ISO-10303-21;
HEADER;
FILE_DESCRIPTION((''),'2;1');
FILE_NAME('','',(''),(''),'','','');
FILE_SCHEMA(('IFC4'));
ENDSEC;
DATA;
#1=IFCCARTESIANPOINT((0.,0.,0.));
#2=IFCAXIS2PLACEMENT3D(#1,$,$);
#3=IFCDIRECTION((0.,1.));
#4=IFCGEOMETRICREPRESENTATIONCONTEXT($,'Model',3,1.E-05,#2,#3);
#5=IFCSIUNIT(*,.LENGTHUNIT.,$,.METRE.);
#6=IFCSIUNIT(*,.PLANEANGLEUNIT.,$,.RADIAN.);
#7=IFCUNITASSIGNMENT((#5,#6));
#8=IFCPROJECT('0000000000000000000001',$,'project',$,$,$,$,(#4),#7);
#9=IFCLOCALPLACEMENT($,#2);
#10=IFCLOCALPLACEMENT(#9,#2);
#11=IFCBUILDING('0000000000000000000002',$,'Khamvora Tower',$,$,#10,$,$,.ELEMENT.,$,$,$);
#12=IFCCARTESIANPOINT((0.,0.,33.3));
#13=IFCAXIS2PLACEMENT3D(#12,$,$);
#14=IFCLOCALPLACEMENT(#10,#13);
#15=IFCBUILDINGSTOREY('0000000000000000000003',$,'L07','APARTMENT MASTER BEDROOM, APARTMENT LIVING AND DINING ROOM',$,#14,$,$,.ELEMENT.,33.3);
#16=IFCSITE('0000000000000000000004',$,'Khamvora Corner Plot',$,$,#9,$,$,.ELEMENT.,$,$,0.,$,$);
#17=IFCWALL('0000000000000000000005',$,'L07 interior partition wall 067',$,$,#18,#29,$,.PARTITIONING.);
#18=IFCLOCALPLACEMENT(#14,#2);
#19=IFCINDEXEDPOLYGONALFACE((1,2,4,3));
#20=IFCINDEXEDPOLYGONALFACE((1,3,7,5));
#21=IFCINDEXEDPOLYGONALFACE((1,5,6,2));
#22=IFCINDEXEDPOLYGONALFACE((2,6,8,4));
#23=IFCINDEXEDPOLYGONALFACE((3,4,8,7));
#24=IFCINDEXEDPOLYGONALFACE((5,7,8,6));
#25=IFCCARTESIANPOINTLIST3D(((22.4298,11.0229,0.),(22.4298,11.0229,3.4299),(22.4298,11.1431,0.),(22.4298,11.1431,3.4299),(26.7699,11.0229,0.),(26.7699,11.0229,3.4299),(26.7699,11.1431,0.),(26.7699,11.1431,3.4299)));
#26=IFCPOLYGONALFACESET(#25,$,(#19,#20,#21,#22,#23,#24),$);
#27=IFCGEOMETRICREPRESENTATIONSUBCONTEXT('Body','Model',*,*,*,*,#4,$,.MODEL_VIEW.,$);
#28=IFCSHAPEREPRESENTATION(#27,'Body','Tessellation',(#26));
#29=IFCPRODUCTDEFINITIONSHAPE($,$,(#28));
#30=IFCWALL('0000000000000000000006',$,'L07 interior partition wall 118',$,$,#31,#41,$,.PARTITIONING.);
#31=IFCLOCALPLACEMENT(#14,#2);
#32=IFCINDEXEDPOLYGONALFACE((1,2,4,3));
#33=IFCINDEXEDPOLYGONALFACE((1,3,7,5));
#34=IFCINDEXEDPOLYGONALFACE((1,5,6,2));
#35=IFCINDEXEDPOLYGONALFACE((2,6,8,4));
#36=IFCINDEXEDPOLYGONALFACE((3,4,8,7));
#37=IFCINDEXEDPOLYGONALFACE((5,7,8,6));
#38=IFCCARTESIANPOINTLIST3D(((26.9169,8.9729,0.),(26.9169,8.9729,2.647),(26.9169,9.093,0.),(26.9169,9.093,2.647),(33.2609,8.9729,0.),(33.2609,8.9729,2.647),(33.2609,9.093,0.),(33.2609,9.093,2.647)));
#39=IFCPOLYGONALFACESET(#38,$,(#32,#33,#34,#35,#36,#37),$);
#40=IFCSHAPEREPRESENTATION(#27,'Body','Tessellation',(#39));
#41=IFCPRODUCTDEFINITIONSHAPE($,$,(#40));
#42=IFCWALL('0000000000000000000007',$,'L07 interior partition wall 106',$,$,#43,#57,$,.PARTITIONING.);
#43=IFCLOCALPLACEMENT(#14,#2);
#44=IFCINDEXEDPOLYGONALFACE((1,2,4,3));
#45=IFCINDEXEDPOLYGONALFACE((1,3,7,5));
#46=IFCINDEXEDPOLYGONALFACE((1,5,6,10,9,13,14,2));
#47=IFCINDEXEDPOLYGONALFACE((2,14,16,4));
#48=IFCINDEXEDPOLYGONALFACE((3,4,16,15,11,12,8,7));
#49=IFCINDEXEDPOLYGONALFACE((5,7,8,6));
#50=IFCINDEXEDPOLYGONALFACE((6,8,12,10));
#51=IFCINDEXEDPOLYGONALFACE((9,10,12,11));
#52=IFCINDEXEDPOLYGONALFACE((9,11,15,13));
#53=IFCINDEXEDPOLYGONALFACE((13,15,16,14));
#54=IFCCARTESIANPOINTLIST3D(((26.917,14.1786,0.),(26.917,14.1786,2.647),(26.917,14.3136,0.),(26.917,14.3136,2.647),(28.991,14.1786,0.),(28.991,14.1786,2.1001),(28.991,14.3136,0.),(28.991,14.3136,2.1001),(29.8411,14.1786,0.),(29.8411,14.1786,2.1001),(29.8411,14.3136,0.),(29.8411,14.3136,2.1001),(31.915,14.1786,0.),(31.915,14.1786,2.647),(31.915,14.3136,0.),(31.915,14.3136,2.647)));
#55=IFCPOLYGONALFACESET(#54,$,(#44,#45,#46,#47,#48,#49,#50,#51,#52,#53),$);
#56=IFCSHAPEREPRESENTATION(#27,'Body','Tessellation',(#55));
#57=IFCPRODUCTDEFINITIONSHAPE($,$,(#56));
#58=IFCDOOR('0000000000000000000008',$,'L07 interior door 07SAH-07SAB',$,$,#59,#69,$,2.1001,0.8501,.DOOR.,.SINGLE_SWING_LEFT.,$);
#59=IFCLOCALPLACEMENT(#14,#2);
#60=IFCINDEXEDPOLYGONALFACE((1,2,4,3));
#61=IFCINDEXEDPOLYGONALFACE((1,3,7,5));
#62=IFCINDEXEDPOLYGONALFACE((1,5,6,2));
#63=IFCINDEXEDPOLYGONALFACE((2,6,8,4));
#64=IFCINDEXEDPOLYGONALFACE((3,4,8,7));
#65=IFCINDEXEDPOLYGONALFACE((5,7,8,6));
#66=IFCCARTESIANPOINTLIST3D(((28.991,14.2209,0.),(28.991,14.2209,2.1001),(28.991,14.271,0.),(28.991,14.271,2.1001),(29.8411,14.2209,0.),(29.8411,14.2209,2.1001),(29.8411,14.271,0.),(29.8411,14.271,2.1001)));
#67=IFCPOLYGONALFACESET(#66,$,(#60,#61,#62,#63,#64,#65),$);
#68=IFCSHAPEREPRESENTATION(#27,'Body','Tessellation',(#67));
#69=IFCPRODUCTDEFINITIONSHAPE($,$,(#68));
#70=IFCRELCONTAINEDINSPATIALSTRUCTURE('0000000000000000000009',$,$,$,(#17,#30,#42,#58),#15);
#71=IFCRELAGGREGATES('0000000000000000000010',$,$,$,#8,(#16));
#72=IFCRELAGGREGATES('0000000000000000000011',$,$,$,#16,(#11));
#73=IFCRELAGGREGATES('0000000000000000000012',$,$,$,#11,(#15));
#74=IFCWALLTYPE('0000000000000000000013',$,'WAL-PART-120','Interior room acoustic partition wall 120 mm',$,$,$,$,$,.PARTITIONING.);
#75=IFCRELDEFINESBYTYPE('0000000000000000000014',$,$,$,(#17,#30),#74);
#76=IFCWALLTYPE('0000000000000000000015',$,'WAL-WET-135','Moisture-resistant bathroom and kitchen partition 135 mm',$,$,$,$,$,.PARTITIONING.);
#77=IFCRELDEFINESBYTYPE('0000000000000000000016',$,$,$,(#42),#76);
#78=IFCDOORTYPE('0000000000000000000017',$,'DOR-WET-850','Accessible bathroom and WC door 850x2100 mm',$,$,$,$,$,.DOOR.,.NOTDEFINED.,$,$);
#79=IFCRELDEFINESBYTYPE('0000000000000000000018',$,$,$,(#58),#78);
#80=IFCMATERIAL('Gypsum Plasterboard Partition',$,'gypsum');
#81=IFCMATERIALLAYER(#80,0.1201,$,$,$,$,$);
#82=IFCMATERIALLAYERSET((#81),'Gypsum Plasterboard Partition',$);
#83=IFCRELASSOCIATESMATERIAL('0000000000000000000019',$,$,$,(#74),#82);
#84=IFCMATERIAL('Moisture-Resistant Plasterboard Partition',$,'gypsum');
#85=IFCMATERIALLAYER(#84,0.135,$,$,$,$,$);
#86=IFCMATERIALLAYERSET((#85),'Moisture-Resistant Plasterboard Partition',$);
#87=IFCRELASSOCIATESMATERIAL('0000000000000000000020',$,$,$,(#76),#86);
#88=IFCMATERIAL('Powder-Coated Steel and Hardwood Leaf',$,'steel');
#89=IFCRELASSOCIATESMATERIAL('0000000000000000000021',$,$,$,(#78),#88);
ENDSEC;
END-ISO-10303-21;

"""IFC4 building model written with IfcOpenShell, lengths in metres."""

from ifc_helpers import new_model, si_unit, direction, frame, frame_2d, origin, place, context, subcontext, project, spatial, rectangle, extrude, material, layer, layer_set, type_object, element, fill, save


model = new_model("IFC4")

# Units and contexts
model_context = context("Model", 3, precision=1e-05, world=origin(), true_north=direction((0.0, 1.0)))
body_context = subcontext(model_context, "Body", "Model", "MODEL_VIEW")
ifc_project = project(units=[si_unit("LENGTHUNIT", "METRE"), si_unit("PLANEANGLEUNIT", "RADIAN")], contexts=[model_context])

# Site, building, storey
site_placement = place(None, origin())
site = spatial("IfcSite", under=ifc_project, at=site_placement, Name="Khamvora Corner Plot", CompositionType="ELEMENT", RefElevation=0.0)
building_placement = place(site_placement, origin())
building = spatial("IfcBuilding", under=site, at=building_placement, Name="Khamvora Tower", CompositionType="ELEMENT")
storey_placement = place(building_placement, frame((0.0, 0.0, 33.3)))
storey = spatial("IfcBuildingStorey", under=building, at=storey_placement, Name="L07", Description="APARTMENT MASTER BEDROOM, APARTMENT LIVING AND DINING ROOM", CompositionType="ELEMENT", Elevation=33.3)

# Shared definitions
ifc_material_1 = material(Name="Gypsum Plasterboard Partition", Category="gypsum")
ifc_layer_1 = layer(ifc_material_1, 0.1201)
ifc_layer_set_1 = layer_set([ifc_layer_1], Name="Gypsum Plasterboard Partition")
wall_type_1 = type_object("IfcWallType", Name="WAL-PART-120", Description="Interior room acoustic partition wall 120 mm", PredefinedType="PARTITIONING", material=ifc_layer_set_1)
ifc_material_2 = material(Name="Powder-Coated Steel and Hardwood Leaf", Category="steel")

# Walls
wall_1_placement = place(storey_placement, frame((22.4299, 11.083, 0.0), z_axis=(0.0, 0.0, 1.0), x_axis=(1.0, 0.0, 0.0)))
element("IfcWall", 1, at=wall_1_placement, inside=storey, type_object=wall_type_1, Name="L07 interior partition wall 067", PredefinedType="PARTITIONING", context=body_context, shape_type="SweptSolid", body=[
    extrude(rectangle(XDim=4.3401, YDim=0.1201, at=frame_2d((2.1699, 0.0))), origin(), (0.0, 0.0, 1.0), 3.4299),
])
wall_2_placement = place(storey_placement, frame((26.917, 9.033, 0.0), z_axis=(0.0, 0.0, 1.0), x_axis=(1.0, 0.0, 0.0)))
element("IfcWall", 2, at=wall_2_placement, inside=storey, type_object=wall_type_1, Name="L07 interior partition wall 118", PredefinedType="PARTITIONING", context=body_context, shape_type="SweptSolid", body=[
    extrude(rectangle(XDim=6.344, YDim=0.1201, at=frame_2d((3.1719, 0.0))), origin(), (0.0, 0.0, 1.0), 2.647),
])

# Wall, opening, door
ifc_material_3 = material(Name="Moisture-Resistant Plasterboard Partition", Category="gypsum")
ifc_layer_2 = layer(ifc_material_3, 0.135)
ifc_layer_set_2 = layer_set([ifc_layer_2], Name="Moisture-Resistant Plasterboard Partition")
wall_type_2 = type_object("IfcWallType", Name="WAL-WET-135", Description="Moisture-resistant bathroom and kitchen partition 135 mm", PredefinedType="PARTITIONING", material=ifc_layer_set_2)
wall_3_placement = place(storey_placement, frame((26.917, 14.2461, 0.0), z_axis=(0.0, 0.0, 1.0), x_axis=(1.0, 0.0, 0.0)))
wall_3 = element("IfcWall", 3, at=wall_3_placement, inside=storey, type_object=wall_type_2, Name="L07 interior partition wall 106", PredefinedType="PARTITIONING", context=body_context, shape_type="SweptSolid", body=[
    extrude(rectangle(XDim=4.998, YDim=0.135, at=frame_2d((2.499, 0.0))), origin(), (0.0, 0.0, 1.0), 2.647),
])
opening_1_placement = place(wall_3_placement, frame((2.074, 0.0, 0.0)))
opening_1 = element("IfcOpeningElement", 4, at=opening_1_placement, cuts=wall_3, PredefinedType="OPENING", context=body_context, shape_type="SweptSolid", body=[
    extrude(rectangle(XDim=0.8501, YDim=2.1001, at=frame_2d((0.425, 1.05))), frame((0.0, 0.0774, 0.0), z_axis=(0.0, -1.0, 0.0), x_axis=(1.0, 0.0, 0.0)), (0.0, 0.0, 1.0), 0.155),
])
door_type_1 = type_object("IfcDoorType", Name="DOR-WET-850", Description="Accessible bathroom and WC door 850x2100 mm", OperationType="NOTDEFINED", PredefinedType="DOOR", material=ifc_material_2)
door_1_placement = place(opening_1_placement, origin())
door_1 = element("IfcDoor", 5, at=door_1_placement, inside=storey, type_object=door_type_1, Name="L07 interior door 07SAH-07SAB", OperationType="SINGLE_SWING_LEFT", OverallHeight=2.1001, OverallWidth=0.8501, PredefinedType="DOOR", context=body_context, shape_type="SweptSolid", body=[
    extrude(rectangle(XDim=0.8501, YDim=2.1001, at=frame_2d((0.425, 1.05))), frame((0.0, 0.0249, 0.0), z_axis=(0.0, -1.0, 0.0), x_axis=(1.0, 0.0, 0.0)), (0.0, 0.0, 1.0), 0.05),
])
fill(opening_1, door_1)

save(model, "model.ifc")
